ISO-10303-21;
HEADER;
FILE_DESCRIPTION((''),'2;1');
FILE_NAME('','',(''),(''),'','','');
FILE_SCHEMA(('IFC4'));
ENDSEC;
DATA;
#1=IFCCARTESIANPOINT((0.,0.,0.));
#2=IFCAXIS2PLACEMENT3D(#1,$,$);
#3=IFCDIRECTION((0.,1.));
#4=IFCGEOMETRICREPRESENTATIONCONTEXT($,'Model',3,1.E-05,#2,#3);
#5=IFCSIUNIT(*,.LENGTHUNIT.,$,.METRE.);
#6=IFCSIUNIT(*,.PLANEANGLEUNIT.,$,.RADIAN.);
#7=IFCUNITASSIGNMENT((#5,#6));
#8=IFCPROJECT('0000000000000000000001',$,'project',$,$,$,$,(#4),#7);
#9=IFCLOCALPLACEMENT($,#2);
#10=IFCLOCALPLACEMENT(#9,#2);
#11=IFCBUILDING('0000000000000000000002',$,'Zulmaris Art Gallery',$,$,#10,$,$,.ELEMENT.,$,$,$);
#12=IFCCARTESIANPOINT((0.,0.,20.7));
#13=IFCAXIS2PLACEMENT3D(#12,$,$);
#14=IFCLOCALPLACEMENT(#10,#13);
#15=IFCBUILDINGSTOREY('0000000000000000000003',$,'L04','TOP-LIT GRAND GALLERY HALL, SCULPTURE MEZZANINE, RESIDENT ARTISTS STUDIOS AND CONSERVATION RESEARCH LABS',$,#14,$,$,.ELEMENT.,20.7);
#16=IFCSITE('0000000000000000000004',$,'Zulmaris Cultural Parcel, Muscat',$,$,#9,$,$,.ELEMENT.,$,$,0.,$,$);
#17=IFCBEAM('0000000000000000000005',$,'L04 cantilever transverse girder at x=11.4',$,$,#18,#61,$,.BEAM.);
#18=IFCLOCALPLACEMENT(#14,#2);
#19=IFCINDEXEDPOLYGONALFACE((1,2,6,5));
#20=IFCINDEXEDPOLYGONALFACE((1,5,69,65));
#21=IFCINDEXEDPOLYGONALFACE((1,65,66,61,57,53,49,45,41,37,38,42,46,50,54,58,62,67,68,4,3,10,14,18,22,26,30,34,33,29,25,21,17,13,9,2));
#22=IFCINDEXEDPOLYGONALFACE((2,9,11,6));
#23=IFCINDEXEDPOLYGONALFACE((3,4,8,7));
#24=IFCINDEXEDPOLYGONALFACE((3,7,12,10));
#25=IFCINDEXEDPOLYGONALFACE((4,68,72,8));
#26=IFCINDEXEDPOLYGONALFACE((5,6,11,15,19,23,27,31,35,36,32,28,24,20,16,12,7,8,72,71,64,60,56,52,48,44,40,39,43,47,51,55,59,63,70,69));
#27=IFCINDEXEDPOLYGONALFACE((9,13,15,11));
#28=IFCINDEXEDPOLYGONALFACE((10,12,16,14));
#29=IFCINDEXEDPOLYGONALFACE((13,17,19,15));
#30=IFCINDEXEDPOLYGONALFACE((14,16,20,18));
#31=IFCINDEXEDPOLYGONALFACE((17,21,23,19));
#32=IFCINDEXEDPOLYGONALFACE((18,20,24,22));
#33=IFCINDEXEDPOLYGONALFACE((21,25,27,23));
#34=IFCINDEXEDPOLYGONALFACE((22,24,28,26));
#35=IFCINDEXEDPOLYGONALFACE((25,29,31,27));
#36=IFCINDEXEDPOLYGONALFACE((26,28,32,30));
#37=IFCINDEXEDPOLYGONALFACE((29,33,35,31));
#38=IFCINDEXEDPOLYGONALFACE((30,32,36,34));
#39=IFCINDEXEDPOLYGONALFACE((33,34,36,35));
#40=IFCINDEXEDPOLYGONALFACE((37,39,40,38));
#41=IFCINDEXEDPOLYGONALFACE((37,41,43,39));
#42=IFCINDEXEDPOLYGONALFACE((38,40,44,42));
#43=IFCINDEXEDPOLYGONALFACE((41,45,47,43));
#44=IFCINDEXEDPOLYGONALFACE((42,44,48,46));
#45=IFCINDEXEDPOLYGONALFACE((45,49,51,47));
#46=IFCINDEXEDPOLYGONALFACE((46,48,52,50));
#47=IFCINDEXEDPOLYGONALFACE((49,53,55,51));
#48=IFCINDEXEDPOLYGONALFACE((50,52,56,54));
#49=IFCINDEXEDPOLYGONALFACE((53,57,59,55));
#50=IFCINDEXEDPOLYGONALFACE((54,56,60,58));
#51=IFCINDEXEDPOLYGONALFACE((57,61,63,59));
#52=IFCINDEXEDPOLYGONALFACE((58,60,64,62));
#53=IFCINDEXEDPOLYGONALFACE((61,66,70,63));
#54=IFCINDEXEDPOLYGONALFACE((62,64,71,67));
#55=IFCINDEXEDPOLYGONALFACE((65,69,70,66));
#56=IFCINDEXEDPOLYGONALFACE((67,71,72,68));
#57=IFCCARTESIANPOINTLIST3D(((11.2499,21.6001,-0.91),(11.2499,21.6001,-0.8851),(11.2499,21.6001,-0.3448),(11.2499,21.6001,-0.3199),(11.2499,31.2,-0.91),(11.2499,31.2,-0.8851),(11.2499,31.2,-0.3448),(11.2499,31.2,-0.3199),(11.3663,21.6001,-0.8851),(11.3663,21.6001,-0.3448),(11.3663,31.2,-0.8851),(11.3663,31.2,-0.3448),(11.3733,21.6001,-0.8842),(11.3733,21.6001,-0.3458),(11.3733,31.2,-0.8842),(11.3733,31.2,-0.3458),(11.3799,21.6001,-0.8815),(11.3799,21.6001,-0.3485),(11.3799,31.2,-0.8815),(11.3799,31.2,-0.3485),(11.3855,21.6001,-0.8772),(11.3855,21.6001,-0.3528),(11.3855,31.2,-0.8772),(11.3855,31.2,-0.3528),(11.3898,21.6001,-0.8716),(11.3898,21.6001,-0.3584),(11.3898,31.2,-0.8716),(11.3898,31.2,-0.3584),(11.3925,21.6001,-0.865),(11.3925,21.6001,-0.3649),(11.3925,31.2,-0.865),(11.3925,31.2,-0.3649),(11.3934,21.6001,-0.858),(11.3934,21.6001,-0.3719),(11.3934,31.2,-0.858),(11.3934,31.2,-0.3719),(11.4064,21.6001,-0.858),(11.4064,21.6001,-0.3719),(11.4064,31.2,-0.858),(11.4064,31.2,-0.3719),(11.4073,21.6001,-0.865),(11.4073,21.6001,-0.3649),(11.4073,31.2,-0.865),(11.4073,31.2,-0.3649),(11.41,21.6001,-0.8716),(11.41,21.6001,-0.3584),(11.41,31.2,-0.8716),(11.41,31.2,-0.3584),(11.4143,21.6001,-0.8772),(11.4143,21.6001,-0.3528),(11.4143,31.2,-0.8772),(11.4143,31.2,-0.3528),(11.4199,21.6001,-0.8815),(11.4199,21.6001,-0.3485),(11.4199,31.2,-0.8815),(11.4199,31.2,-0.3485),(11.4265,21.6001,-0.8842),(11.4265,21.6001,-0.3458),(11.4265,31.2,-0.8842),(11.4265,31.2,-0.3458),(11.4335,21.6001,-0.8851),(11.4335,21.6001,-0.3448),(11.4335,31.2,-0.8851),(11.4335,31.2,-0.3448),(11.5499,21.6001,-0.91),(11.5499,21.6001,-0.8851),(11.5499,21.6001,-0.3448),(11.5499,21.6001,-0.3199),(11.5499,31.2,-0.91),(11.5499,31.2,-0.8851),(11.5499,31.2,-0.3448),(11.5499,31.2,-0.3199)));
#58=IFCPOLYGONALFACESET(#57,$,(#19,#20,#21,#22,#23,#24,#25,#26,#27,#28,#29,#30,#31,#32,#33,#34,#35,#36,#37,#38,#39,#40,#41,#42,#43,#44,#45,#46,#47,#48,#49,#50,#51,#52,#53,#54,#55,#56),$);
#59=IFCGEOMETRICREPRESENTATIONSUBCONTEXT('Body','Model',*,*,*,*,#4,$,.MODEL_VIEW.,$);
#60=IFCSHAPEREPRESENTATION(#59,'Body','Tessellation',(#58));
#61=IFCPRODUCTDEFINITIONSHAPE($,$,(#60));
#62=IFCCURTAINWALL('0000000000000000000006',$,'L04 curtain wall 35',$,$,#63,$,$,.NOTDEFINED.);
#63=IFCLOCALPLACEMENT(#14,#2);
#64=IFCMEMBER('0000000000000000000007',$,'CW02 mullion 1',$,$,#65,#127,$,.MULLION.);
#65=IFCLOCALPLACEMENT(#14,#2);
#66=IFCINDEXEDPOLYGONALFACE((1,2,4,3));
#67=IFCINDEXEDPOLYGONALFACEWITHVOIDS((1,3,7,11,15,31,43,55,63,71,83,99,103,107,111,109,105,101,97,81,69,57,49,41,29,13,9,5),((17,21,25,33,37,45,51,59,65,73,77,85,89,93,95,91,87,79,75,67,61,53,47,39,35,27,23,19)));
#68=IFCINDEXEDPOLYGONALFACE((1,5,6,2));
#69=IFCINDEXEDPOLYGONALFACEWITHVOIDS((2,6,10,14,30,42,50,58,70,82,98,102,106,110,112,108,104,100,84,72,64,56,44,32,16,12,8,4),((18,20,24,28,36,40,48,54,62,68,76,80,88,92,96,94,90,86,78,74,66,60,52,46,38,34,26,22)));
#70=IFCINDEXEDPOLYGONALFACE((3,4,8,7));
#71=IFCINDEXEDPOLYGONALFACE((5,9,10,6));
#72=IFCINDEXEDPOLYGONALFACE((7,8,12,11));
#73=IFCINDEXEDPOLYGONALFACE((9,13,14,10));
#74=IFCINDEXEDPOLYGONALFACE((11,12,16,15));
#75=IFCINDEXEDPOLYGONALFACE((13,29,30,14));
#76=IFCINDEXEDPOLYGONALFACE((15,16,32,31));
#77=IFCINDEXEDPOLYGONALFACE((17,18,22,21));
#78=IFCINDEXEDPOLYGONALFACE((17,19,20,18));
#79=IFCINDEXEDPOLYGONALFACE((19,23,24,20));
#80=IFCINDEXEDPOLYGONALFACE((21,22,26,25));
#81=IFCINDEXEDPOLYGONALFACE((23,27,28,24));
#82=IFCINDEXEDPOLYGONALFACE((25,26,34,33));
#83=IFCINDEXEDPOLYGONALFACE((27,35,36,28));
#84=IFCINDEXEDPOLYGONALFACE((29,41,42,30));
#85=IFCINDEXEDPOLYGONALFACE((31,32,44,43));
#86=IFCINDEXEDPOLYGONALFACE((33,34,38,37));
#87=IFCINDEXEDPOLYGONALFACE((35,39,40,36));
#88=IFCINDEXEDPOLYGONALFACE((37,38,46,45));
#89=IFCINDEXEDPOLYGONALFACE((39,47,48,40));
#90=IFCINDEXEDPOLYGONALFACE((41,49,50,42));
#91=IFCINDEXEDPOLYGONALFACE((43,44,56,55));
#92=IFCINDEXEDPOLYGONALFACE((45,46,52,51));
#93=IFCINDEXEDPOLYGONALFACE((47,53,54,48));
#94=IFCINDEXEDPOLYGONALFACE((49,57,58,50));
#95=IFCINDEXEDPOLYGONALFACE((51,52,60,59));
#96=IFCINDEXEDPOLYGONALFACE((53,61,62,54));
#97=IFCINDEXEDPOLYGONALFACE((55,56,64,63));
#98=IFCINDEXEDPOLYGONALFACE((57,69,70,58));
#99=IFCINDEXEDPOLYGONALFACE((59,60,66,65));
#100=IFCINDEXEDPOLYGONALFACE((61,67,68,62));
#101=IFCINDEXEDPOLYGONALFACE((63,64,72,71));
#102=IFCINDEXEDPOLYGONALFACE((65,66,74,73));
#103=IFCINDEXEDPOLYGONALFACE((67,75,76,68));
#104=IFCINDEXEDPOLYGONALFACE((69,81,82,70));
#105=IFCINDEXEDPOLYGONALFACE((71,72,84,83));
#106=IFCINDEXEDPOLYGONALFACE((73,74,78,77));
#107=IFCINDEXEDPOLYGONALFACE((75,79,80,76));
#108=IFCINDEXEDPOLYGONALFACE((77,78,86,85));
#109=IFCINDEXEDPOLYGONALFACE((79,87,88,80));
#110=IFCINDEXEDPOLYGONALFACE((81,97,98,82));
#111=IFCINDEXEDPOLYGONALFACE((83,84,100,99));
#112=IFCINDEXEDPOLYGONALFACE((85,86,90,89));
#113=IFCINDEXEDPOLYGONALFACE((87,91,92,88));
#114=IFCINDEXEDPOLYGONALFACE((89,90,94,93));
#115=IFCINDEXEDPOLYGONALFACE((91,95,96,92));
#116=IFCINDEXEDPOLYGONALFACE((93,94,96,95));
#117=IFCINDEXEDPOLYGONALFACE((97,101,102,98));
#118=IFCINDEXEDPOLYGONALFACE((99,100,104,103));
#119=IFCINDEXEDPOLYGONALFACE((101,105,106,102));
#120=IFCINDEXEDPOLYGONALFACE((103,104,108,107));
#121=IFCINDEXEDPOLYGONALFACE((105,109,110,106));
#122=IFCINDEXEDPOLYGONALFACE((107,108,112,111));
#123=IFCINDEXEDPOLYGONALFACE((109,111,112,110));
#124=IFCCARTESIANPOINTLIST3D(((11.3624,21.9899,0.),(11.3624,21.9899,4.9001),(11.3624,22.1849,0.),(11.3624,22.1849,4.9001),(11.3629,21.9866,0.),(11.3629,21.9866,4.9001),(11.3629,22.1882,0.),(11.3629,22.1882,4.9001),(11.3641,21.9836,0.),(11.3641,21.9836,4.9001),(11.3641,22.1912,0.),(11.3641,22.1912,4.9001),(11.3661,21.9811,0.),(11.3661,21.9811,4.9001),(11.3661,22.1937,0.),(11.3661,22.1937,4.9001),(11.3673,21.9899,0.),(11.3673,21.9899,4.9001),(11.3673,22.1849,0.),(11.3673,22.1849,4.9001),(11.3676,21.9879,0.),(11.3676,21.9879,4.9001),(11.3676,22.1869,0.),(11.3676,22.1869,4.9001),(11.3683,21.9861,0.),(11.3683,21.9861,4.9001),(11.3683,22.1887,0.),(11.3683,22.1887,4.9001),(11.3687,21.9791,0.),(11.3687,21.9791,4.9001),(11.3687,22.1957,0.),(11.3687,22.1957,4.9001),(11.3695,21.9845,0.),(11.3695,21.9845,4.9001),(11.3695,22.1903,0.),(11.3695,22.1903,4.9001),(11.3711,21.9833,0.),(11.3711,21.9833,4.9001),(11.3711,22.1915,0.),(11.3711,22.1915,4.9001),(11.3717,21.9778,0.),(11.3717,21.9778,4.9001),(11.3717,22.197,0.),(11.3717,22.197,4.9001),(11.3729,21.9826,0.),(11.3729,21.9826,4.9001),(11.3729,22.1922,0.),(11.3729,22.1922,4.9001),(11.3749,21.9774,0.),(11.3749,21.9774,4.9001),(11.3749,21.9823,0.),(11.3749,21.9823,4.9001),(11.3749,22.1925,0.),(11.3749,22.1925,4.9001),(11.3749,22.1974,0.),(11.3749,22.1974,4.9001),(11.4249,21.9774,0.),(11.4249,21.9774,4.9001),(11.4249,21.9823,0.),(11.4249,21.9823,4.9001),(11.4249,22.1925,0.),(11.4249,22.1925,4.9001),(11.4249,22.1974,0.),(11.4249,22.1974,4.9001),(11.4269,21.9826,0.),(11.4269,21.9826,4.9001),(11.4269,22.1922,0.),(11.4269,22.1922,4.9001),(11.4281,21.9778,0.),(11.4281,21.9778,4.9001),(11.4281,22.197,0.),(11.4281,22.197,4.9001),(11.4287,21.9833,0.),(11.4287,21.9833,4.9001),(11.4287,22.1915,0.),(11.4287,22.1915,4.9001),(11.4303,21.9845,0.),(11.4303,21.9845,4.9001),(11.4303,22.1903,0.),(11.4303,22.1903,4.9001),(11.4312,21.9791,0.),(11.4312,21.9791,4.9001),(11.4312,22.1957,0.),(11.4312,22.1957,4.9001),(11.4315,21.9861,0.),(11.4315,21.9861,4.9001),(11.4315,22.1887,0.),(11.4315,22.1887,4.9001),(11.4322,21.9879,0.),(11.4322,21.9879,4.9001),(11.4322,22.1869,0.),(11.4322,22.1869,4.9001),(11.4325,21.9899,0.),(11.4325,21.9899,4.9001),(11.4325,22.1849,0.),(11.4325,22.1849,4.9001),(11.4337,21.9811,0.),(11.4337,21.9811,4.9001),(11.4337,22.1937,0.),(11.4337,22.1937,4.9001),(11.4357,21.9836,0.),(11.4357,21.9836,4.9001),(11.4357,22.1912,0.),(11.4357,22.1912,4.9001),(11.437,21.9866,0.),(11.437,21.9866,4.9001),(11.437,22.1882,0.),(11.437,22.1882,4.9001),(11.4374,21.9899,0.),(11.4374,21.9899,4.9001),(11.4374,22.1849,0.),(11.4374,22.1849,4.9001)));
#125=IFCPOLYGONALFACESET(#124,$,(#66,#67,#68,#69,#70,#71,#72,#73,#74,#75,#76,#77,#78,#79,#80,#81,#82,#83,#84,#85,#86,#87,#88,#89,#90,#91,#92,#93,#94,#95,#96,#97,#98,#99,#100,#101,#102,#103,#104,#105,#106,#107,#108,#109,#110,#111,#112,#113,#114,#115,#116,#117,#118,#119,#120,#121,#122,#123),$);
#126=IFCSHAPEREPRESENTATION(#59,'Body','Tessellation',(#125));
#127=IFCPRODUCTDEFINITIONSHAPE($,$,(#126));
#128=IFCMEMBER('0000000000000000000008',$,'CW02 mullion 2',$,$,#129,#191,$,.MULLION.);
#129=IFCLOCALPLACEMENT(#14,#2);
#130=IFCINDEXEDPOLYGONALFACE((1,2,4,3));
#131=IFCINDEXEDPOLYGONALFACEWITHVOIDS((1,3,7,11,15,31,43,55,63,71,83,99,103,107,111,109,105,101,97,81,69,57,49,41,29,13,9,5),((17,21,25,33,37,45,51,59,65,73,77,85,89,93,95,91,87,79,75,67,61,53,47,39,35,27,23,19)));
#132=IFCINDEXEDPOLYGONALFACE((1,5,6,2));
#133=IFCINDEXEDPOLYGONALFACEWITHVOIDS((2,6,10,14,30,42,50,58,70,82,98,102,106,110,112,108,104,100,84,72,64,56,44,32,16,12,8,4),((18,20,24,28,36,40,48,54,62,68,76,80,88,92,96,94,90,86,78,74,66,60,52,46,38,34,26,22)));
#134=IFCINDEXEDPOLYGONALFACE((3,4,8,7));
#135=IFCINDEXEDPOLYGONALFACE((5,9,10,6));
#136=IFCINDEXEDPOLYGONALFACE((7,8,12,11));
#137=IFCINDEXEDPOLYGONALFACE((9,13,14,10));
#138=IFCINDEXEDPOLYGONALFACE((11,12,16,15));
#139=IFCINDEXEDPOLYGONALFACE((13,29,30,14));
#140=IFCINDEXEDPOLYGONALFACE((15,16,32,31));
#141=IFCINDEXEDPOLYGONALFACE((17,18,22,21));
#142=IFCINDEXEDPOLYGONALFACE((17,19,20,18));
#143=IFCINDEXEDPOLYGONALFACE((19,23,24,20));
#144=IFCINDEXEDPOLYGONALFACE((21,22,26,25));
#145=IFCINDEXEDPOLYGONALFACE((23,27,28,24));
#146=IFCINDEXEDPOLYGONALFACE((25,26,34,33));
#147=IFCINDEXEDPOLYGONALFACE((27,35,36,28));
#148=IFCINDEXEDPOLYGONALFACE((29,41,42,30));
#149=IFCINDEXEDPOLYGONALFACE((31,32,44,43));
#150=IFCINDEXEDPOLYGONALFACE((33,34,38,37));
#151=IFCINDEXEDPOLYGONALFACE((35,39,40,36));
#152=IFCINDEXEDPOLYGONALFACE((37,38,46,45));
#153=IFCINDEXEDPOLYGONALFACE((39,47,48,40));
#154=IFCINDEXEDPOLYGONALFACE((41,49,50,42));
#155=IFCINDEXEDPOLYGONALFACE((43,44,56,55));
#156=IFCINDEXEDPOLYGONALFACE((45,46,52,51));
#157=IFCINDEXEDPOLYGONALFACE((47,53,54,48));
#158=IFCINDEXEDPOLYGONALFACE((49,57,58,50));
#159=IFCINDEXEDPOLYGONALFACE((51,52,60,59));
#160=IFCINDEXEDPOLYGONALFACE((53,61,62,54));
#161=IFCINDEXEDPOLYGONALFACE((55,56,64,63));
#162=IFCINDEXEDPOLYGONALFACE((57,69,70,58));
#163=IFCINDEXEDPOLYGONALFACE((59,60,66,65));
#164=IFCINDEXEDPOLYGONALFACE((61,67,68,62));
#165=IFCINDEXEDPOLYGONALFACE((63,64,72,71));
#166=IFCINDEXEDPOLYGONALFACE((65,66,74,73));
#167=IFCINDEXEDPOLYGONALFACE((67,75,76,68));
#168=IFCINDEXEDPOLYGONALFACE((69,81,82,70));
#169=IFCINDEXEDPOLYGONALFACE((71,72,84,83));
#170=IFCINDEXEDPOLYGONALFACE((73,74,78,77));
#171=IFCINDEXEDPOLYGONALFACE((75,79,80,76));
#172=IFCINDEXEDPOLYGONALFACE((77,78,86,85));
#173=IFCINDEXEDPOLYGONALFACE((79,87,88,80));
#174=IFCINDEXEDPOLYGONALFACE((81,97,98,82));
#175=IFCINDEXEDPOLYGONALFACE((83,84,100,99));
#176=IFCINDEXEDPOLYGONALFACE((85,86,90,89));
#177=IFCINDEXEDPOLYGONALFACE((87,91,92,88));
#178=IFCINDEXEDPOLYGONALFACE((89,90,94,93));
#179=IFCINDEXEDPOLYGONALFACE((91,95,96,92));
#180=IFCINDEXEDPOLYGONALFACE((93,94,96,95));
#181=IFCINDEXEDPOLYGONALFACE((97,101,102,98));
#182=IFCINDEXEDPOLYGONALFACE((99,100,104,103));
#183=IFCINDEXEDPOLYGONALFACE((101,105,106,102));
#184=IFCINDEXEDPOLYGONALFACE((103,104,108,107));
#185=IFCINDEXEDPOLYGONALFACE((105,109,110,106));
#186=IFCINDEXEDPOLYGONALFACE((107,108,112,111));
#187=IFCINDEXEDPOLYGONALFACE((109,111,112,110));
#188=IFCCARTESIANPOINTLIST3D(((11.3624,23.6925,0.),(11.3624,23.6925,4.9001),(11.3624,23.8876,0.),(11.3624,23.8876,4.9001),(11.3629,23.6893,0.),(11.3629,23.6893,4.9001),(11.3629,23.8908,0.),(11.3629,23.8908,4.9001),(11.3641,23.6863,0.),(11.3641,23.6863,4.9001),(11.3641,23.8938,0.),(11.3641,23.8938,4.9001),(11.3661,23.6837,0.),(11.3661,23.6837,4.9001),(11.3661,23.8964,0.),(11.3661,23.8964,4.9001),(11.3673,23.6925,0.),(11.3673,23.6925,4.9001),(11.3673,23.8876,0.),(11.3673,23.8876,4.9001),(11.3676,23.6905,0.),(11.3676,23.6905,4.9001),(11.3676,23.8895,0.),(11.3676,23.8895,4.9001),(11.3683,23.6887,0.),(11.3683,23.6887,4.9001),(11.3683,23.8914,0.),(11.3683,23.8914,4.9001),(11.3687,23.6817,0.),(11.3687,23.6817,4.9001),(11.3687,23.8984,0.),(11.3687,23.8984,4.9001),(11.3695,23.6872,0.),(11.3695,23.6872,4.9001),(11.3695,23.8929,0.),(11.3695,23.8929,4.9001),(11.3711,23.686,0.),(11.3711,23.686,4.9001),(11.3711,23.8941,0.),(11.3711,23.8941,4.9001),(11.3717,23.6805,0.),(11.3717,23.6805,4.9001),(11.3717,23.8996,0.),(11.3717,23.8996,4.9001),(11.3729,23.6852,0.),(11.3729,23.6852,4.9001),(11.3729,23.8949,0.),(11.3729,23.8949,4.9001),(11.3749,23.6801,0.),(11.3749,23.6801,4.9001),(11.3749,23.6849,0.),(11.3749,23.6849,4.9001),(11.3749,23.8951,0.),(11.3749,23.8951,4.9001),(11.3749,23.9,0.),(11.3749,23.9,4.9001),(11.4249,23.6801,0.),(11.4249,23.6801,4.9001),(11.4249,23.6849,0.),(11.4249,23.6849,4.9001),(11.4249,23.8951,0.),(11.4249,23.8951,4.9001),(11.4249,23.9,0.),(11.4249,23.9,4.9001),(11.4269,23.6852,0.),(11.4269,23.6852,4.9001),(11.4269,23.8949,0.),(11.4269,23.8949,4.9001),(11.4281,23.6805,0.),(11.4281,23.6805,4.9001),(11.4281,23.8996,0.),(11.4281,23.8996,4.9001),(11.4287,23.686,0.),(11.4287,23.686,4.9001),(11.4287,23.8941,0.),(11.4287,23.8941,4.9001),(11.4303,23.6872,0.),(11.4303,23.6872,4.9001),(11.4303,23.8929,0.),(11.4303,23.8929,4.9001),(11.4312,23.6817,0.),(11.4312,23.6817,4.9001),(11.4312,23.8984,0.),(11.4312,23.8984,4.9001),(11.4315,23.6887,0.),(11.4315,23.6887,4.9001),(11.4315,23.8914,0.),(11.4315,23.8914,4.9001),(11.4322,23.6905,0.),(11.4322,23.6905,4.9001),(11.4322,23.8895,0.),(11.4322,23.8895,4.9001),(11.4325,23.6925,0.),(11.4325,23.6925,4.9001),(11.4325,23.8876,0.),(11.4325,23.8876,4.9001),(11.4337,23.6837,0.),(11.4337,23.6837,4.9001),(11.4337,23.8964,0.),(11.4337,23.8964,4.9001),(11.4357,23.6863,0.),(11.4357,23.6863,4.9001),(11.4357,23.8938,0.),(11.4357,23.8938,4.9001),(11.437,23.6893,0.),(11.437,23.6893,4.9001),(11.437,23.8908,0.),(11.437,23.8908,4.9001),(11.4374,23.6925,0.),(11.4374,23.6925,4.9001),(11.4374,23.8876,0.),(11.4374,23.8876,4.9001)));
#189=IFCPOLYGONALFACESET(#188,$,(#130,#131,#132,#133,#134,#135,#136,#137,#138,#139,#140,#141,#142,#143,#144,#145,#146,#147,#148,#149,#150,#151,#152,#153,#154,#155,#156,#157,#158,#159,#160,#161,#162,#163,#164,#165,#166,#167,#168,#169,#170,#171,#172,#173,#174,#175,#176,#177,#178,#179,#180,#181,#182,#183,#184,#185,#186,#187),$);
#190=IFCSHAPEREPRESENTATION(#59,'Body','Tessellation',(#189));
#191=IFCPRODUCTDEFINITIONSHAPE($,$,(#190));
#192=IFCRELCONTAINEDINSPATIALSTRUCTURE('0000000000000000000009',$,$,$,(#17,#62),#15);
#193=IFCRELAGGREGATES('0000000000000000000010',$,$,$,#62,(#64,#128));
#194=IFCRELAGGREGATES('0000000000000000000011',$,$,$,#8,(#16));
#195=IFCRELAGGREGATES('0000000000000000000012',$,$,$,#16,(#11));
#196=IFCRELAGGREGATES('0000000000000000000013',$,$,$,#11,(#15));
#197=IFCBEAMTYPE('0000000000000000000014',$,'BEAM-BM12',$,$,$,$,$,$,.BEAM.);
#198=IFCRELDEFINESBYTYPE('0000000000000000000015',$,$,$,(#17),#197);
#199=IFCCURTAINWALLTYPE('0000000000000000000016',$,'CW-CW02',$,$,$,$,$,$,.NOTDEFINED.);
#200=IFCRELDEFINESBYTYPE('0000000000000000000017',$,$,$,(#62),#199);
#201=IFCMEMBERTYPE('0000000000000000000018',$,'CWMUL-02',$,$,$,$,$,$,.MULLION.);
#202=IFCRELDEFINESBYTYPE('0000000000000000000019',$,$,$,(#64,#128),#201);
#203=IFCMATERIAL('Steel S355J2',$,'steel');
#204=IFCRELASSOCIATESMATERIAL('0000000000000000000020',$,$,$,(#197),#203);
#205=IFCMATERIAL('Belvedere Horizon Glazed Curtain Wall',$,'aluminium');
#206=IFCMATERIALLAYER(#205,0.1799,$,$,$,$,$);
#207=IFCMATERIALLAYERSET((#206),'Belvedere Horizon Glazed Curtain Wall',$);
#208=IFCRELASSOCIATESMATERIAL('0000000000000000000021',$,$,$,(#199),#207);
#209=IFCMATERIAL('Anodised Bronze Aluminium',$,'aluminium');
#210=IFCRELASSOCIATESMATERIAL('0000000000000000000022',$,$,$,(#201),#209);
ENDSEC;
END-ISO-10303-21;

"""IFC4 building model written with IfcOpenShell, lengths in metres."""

from ifc_helpers import new_model, si_unit, direction, frame, origin, origin_2d, place, context, subcontext, project, spatial, hollow_rectangle, i_section, extrude, material, layer, layer_set, material_profile, profile_set, type_object, element, aggregate, save


model = new_model("IFC4")

# Units and contexts
model_context = context("Model", 3, precision=1e-05, world=origin(), true_north=direction((0.0, 1.0)))
body_context = subcontext(model_context, "Body", "Model", "MODEL_VIEW")
ifc_project = project(units=[si_unit("LENGTHUNIT", "METRE"), si_unit("PLANEANGLEUNIT", "RADIAN")], contexts=[model_context])

# Site, building, storey
site_placement = place(None, origin())
site = spatial("IfcSite", under=ifc_project, at=site_placement, Name="Zulmaris Cultural Parcel, Muscat", CompositionType="ELEMENT", RefElevation=0.0)
building_placement = place(site_placement, origin())
building = spatial("IfcBuilding", under=site, at=building_placement, Name="Zulmaris Art Gallery", CompositionType="ELEMENT")
storey_placement = place(building_placement, frame((0.0, 0.0, 20.7)))
storey = spatial("IfcBuildingStorey", under=building, at=storey_placement, Name="L04", Description="TOP-LIT GRAND GALLERY HALL, SCULPTURE MEZZANINE, RESIDENT ARTISTS STUDIOS AND CONSERVATION RESEARCH LABS", CompositionType="ELEMENT", Elevation=20.7)

# Beam
ifc_material_1 = material(Name="Steel S355J2", Category="steel")
ifc_material_profile_1 = material_profile(ifc_material_1, i_section(OverallWidth=0.3, OverallDepth=0.5901, WebThickness=0.0129, FlangeThickness=0.0249, FilletRadius=0.0271, at=origin_2d()), Name="HEA 600")
ifc_profile_set_1 = profile_set([ifc_material_profile_1], Name="Steel S355J2")
beam_type = type_object("IfcBeamType", Name="BEAM-BM12", PredefinedType="BEAM", material=ifc_profile_set_1)
beam_placement = place(storey_placement, frame((11.3999, 21.6001, -0.615), z_axis=(0.0, 1.0, 0.0), x_axis=(-1.0, 0.0, 0.0)))
element("IfcBeam", 1, at=beam_placement, inside=storey, type_object=beam_type, Name="L04 cantilever transverse girder at x=11.4", PredefinedType="BEAM", context=body_context, shape_type="SweptSolid", body=[
    extrude(i_section(OverallWidth=0.3, OverallDepth=0.5901, WebThickness=0.0129, FlangeThickness=0.0249, FilletRadius=0.0271, at=origin_2d()), origin(), (0.0, 0.0, 1.0), 9.5999),
])

# Curtain wall, members
ifc_material_2 = material(Name="Belvedere Horizon Glazed Curtain Wall", Category="aluminium")
ifc_layer_1 = layer(ifc_material_2, 0.1799)
ifc_layer_set_1 = layer_set([ifc_layer_1], Name="Belvedere Horizon Glazed Curtain Wall")
curtain_wall_type = type_object("IfcCurtainWallType", Name="CW-CW02", PredefinedType="NOTDEFINED", material=ifc_layer_set_1)
curtain_wall_placement = place(storey_placement, origin())
curtain_wall = element("IfcCurtainWall", 2, at=curtain_wall_placement, inside=storey, type_object=curtain_wall_type, Name="L04 curtain wall 35", PredefinedType="NOTDEFINED")
ifc_material_3 = material(Name="Anodised Bronze Aluminium", Category="aluminium")
ifc_material_profile_2 = material_profile(ifc_material_3, hollow_rectangle(XDim=0.075, YDim=0.22, WallThickness=0.0049, InnerFilletRadius=0.0076, OuterFilletRadius=0.0125, at=origin_2d()), Name="ALU 75x220x5")
ifc_profile_set_2 = profile_set([ifc_material_profile_2], Name="Anodised Bronze Aluminium")
member_type_1 = type_object("IfcMemberType", Name="CWMUL-02", PredefinedType="MULLION", material=ifc_profile_set_2)
member_1_placement = place(storey_placement, frame((11.3999, 22.0874, 0.0), z_axis=(0.0, 0.0, 1.0), x_axis=(-1.0, 0.0, 0.0)))
member_1 = element("IfcMember", 3, at=member_1_placement, type_object=member_type_1, Name="CW02 mullion 1", PredefinedType="MULLION", context=body_context, shape_type="SweptSolid", body=[
    extrude(hollow_rectangle(XDim=0.075, YDim=0.22, WallThickness=0.0049, InnerFilletRadius=0.0076, OuterFilletRadius=0.0125, at=origin_2d()), origin(), (0.0, 0.0, 1.0), 4.9001),
])
member_2_placement = place(storey_placement, frame((11.3999, 23.79, 0.0), z_axis=(0.0, 0.0, 1.0), x_axis=(-1.0, 0.0, 0.0)))
member_2 = element("IfcMember", 4, at=member_2_placement, type_object=member_type_1, Name="CW02 mullion 2", PredefinedType="MULLION", context=body_context, shape_type="SweptSolid", body=[
    extrude(hollow_rectangle(XDim=0.075, YDim=0.22, WallThickness=0.0049, InnerFilletRadius=0.0076, OuterFilletRadius=0.0125, at=origin_2d()), origin(), (0.0, 0.0, 1.0), 4.9001),
])

aggregate(curtain_wall, [member_1, member_2])

save(model, "model.ifc")
